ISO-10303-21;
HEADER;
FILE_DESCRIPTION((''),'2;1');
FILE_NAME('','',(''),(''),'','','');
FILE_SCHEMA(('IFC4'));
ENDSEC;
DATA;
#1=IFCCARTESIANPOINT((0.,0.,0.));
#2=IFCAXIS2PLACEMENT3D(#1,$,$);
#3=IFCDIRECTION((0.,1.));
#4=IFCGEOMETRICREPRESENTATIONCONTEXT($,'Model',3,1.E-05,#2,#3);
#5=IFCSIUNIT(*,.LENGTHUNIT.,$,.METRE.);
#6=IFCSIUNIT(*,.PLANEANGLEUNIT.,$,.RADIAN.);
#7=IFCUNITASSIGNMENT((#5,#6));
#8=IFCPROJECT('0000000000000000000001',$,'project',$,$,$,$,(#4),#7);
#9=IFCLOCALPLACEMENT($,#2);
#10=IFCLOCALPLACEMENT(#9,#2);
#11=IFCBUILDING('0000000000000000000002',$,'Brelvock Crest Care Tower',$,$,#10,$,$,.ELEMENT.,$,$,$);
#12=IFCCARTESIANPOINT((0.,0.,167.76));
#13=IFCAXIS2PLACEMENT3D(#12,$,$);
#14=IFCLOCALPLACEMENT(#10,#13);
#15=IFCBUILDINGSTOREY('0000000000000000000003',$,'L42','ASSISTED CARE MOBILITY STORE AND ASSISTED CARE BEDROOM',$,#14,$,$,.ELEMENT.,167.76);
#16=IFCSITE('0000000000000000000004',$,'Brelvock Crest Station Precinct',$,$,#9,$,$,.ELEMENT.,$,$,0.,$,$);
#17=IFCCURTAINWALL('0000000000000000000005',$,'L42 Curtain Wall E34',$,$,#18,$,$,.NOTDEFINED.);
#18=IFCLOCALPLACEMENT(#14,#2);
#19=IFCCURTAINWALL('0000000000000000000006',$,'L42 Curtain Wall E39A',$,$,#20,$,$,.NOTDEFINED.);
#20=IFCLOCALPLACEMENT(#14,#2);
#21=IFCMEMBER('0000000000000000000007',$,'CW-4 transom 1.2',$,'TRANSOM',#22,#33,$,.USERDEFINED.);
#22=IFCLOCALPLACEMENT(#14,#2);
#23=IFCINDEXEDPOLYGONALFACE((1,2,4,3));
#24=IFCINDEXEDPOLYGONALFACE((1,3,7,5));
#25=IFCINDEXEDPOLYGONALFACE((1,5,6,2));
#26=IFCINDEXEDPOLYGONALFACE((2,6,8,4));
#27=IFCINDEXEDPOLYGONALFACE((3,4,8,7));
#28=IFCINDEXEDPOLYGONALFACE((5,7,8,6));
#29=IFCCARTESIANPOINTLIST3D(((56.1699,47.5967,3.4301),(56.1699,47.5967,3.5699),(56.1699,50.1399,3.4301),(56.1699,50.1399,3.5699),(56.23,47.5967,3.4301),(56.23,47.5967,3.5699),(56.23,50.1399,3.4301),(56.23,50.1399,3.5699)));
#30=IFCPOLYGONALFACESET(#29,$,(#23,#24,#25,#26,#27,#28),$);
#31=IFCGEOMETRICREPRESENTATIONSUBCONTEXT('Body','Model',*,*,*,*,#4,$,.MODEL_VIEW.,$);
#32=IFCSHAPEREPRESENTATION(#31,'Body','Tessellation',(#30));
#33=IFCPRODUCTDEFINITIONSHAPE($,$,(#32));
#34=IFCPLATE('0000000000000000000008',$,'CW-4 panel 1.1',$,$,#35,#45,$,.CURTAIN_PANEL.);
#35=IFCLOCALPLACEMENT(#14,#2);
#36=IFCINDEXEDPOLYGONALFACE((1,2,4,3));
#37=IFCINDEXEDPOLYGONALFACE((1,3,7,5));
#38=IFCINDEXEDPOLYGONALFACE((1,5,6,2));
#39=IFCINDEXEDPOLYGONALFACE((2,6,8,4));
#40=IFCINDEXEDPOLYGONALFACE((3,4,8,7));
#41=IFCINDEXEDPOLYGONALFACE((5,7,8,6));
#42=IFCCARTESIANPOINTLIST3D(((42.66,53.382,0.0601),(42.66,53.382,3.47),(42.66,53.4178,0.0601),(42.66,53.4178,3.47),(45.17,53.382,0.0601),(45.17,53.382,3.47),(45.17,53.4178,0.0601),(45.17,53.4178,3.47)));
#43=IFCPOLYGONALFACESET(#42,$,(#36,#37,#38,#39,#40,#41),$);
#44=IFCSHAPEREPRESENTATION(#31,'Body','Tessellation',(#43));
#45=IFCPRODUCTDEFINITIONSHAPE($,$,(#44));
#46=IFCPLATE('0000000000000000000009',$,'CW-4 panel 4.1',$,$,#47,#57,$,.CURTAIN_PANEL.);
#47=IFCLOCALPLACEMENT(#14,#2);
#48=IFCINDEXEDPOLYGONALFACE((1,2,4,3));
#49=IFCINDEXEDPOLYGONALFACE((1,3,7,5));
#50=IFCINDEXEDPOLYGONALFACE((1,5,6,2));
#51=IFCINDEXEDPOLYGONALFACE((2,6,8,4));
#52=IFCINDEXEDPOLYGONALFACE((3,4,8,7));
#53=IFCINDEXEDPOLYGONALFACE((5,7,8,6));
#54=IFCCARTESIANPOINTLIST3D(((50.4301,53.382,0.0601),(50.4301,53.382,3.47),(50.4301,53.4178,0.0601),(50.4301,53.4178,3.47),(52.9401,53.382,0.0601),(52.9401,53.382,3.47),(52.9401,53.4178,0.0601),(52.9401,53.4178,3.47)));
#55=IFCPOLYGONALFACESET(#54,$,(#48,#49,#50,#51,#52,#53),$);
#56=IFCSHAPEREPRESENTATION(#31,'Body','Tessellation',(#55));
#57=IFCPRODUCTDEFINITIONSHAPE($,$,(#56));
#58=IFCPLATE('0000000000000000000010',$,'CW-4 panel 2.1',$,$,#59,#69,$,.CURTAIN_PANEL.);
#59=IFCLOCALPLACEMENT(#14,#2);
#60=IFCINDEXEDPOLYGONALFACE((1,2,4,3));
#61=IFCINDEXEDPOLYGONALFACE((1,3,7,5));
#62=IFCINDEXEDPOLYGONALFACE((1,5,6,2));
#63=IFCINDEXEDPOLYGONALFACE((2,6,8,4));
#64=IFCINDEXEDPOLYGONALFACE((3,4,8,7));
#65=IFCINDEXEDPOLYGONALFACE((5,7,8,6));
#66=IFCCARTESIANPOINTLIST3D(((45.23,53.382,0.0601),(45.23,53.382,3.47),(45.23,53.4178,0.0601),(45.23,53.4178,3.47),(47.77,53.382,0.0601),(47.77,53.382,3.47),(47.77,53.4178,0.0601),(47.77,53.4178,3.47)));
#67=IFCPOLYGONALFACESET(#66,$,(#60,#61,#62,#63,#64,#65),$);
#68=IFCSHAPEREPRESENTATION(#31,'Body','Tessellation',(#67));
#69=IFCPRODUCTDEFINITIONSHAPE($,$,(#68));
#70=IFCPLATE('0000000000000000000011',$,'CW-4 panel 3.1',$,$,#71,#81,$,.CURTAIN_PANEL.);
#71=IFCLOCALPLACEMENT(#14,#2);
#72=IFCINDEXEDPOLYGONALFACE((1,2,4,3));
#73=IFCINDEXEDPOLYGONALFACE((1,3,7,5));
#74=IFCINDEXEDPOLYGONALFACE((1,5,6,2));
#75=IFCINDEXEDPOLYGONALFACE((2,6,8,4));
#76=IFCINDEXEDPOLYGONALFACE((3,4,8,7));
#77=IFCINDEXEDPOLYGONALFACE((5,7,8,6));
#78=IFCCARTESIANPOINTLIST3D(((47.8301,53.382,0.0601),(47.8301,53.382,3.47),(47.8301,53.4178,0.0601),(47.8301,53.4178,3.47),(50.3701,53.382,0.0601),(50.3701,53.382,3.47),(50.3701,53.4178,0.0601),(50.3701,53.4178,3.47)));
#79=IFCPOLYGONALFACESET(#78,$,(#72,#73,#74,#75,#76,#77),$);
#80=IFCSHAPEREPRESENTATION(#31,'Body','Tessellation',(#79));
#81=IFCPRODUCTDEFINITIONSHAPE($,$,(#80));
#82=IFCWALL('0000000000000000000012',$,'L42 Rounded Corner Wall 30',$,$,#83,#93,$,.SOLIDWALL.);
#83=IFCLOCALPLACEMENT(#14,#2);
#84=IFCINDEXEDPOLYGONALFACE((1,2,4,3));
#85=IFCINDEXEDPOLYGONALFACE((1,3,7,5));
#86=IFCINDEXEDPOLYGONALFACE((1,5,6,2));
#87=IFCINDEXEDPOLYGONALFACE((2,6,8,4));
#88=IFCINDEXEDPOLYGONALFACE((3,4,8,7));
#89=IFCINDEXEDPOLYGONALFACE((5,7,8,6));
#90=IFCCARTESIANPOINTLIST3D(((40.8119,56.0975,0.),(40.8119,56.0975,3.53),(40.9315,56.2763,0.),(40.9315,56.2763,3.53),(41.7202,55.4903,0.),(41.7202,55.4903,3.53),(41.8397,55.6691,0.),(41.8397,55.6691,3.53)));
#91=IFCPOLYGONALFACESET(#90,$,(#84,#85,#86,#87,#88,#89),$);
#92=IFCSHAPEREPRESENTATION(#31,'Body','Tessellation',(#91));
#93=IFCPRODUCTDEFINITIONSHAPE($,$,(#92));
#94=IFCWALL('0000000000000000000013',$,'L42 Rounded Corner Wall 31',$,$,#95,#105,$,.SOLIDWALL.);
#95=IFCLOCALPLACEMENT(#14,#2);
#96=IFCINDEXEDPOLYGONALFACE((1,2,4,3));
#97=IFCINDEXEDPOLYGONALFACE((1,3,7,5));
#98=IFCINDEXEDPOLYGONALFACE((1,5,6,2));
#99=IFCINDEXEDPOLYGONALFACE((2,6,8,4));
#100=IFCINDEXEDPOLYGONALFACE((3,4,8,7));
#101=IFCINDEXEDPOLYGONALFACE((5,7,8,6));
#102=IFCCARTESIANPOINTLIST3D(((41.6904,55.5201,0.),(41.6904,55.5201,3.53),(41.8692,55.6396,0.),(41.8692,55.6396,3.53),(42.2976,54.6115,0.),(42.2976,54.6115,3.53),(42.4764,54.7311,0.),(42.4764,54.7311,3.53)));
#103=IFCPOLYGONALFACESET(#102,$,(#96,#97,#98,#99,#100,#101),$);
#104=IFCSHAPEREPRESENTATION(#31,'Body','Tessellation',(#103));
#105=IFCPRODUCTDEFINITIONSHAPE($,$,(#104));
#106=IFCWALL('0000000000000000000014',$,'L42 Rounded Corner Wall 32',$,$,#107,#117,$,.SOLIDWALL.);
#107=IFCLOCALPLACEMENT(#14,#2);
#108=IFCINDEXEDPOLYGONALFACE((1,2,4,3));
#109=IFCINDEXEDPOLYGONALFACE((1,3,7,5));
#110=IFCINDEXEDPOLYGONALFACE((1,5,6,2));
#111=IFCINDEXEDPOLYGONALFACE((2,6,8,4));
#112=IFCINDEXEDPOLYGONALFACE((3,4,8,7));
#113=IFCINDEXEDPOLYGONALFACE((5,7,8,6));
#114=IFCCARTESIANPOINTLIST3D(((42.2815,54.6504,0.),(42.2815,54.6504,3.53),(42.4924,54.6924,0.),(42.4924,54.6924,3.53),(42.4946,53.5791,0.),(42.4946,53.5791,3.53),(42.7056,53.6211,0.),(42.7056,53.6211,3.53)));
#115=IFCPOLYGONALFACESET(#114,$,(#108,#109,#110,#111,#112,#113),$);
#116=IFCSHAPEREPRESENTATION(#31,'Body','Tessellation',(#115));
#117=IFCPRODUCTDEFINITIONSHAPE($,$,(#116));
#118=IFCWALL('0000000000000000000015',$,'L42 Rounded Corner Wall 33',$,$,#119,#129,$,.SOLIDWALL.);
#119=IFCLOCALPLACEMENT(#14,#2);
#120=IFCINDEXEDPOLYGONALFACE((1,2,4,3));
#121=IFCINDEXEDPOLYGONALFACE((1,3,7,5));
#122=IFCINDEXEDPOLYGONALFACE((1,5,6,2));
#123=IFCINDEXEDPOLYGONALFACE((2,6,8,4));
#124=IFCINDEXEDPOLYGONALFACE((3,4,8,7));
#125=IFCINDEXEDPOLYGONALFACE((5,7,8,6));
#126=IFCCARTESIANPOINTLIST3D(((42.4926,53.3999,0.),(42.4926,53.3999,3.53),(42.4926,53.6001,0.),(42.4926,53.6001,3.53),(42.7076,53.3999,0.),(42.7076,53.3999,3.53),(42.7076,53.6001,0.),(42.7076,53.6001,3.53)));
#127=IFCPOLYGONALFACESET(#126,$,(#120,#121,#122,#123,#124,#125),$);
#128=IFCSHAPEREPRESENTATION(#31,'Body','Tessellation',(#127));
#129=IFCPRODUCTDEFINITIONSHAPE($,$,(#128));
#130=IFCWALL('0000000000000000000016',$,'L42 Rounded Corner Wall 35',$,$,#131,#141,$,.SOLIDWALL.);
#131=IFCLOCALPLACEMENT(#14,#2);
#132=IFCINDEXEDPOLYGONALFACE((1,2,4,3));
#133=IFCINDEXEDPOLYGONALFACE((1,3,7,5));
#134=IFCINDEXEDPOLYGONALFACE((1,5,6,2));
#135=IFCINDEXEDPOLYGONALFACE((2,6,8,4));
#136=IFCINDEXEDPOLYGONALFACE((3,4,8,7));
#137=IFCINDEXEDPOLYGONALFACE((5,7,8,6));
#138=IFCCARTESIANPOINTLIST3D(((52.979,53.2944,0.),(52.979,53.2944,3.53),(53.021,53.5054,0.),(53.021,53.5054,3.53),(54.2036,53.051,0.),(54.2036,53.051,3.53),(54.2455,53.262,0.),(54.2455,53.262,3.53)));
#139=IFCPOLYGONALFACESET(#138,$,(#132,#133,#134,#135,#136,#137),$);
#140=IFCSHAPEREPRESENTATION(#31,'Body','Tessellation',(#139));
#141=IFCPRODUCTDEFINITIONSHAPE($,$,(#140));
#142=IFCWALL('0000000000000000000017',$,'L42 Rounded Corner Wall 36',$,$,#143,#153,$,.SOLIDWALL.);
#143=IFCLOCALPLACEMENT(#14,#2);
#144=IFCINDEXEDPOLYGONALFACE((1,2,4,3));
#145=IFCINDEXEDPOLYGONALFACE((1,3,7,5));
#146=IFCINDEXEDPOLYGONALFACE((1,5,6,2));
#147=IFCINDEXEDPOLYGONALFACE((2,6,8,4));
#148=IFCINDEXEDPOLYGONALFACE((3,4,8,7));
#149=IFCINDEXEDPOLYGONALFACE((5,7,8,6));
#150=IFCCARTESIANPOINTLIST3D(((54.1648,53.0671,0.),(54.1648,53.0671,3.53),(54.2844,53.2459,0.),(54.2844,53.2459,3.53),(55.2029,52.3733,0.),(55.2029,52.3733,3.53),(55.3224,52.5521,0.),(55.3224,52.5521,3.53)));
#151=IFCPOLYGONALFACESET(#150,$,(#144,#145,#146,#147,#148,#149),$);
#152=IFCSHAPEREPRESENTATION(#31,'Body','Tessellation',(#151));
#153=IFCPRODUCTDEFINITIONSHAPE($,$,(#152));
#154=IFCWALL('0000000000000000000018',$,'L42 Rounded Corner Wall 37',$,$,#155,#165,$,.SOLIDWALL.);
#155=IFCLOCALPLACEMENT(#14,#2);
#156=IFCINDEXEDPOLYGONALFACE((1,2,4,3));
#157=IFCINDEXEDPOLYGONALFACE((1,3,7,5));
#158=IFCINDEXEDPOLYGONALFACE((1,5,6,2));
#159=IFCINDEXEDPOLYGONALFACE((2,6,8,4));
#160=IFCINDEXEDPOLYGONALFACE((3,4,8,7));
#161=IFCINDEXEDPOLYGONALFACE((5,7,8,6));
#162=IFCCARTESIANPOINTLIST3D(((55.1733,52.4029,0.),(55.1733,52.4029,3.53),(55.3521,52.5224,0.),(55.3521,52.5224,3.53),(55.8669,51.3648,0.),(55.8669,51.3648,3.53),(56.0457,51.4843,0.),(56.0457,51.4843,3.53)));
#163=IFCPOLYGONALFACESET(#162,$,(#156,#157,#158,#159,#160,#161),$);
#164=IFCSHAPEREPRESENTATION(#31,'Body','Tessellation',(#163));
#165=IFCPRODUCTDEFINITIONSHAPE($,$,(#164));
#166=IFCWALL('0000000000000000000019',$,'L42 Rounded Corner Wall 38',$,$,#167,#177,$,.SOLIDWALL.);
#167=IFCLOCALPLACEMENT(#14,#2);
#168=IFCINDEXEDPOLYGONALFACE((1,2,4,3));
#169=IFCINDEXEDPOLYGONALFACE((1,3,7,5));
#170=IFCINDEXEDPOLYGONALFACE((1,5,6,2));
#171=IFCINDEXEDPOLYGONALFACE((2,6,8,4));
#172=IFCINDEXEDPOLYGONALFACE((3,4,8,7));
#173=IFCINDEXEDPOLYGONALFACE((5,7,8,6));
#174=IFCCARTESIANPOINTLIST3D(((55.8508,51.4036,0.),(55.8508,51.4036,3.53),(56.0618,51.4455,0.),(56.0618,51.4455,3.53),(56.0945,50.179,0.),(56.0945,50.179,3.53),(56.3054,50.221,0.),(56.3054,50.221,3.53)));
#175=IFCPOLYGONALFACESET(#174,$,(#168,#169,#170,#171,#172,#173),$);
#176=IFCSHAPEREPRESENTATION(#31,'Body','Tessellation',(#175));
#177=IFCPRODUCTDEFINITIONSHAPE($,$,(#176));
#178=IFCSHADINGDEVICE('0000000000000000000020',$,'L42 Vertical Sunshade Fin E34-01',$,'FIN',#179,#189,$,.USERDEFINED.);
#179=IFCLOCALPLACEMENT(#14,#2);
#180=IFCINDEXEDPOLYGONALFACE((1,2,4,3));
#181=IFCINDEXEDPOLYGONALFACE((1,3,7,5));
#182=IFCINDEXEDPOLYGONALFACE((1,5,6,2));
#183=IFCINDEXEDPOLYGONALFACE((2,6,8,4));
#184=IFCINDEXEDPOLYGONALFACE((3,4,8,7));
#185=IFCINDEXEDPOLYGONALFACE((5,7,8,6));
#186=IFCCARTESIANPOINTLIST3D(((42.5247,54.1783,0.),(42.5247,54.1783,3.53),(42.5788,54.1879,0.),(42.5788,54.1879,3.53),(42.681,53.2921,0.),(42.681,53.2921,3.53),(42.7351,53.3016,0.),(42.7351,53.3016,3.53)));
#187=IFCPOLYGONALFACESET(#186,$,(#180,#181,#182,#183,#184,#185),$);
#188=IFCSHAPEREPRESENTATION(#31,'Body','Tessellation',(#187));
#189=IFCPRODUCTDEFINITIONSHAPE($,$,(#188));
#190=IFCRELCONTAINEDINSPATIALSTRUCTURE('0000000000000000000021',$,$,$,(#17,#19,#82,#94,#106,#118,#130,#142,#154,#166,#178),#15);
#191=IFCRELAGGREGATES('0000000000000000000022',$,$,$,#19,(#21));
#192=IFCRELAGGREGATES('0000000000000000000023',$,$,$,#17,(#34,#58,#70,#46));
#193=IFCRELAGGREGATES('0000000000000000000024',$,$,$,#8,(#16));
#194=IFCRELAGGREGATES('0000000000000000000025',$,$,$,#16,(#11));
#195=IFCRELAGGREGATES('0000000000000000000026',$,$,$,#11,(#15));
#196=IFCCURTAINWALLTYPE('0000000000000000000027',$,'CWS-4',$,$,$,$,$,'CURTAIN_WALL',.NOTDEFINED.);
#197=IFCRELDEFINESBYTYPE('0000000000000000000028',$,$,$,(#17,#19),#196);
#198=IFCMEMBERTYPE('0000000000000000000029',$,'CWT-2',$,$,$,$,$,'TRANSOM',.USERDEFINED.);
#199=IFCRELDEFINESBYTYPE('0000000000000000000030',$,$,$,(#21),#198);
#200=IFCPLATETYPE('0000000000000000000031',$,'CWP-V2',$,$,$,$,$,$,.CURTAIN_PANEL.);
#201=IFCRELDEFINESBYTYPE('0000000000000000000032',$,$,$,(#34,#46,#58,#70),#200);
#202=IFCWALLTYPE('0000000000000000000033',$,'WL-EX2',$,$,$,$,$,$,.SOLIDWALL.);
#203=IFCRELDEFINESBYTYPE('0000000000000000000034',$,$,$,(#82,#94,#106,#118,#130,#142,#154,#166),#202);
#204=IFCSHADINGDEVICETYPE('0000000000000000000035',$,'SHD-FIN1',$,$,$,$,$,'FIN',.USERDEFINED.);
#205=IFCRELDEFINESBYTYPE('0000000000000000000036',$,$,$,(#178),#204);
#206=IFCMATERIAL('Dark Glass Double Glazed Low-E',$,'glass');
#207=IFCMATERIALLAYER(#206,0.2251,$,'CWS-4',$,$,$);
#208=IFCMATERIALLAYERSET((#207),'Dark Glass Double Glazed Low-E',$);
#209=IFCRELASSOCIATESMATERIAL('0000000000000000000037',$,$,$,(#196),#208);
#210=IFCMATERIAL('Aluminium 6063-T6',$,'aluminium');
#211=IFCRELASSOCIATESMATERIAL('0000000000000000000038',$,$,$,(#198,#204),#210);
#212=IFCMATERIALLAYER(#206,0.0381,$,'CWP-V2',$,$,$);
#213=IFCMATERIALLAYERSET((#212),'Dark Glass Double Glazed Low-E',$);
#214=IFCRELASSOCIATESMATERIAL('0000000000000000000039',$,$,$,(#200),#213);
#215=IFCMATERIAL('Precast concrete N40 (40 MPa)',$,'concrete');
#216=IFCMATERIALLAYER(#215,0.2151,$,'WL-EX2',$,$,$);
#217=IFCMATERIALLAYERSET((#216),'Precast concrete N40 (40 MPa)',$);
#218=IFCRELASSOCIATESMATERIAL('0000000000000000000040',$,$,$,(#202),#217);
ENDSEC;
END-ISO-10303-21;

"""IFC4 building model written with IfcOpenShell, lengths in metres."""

from ifc_helpers import new_model, si_unit, direction, frame, frame_2d, origin, origin_2d, place, context, subcontext, project, spatial, rectangle, extrude, source, transform, mapped, material, layer, layer_set, material_profile, profile_set, type_object, element, aggregate, save


model = new_model("IFC4")

# Units and contexts
model_context = context("Model", 3, precision=1e-05, world=origin(), true_north=direction((0.0, 1.0)))
body_context = subcontext(model_context, "Body", "Model", "MODEL_VIEW")
ifc_project = project(units=[si_unit("LENGTHUNIT", "METRE"), si_unit("PLANEANGLEUNIT", "RADIAN")], contexts=[model_context])

# Site, building, storey
site_placement = place(None, origin())
site = spatial("IfcSite", under=ifc_project, at=site_placement, Name="Brelvock Crest Station Precinct", CompositionType="ELEMENT", RefElevation=0.0)
building_placement = place(site_placement, origin())
building = spatial("IfcBuilding", under=site, at=building_placement, Name="Brelvock Crest Care Tower", CompositionType="ELEMENT")
storey_placement = place(building_placement, frame((0.0, 0.0, 167.76)))
storey = spatial("IfcBuildingStorey", under=building, at=storey_placement, Name="L42", Description="ASSISTED CARE MOBILITY STORE AND ASSISTED CARE BEDROOM", CompositionType="ELEMENT", Elevation=167.76)

# Curtain wall
ifc_material_1 = material(Name="Dark Glass Double Glazed Low-E", Category="glass")
ifc_layer_1 = layer(ifc_material_1, 0.2251, Name="CWS-4")
ifc_layer_set_1 = layer_set([ifc_layer_1], Name="Dark Glass Double Glazed Low-E")
curtain_wall_type = type_object("IfcCurtainWallType", Name="CWS-4", ElementType="CURTAIN_WALL", PredefinedType="NOTDEFINED", material=ifc_layer_set_1)
curtain_wall_1_placement = place(storey_placement, origin())
curtain_wall_1 = element("IfcCurtainWall", 1, at=curtain_wall_1_placement, inside=storey, type_object=curtain_wall_type, Name="L42 Curtain Wall E34", PredefinedType="NOTDEFINED")
ifc_material_2 = material(Name="Aluminium 6063-T6", Category="aluminium")

# Curtain wall
curtain_wall_2_placement = place(storey_placement, origin())
curtain_wall_2 = element("IfcCurtainWall", 2, at=curtain_wall_2_placement, inside=storey, type_object=curtain_wall_type, Name="L42 Curtain Wall E39A", PredefinedType="NOTDEFINED")

# Member
ifc_material_profile_1 = material_profile(ifc_material_2, rectangle(XDim=0.0601, YDim=0.1399, at=origin_2d()), Name="ALU60x140")
ifc_profile_set_1 = profile_set([ifc_material_profile_1], Name="Aluminium 6063-T6")
member_type_1 = type_object("IfcMemberType", Name="CWT-2", ElementType="TRANSOM", PredefinedType="USERDEFINED", material=ifc_profile_set_1)
shared_shape_1 = source(origin(), body_context, "Body", "SweptSolid", [
    extrude(rectangle(XDim=0.0601, YDim=0.1399, at=origin_2d()), origin(), (0.0, 0.0, 1.0), 2.5432),
])
member_1_placement = place(storey_placement, frame((56.2, 50.1399, 3.5), z_axis=(0.0, -1.0, 0.0), x_axis=(1.0, 0.0, 0.0)))
member_1 = element("IfcMember", 3, at=member_1_placement, type_object=member_type_1, Name="CW-4 transom 1.2", ObjectType="TRANSOM", PredefinedType="USERDEFINED", context=body_context, shape_type="MappedRepresentation", body=[
    mapped(shared_shape_1, transform((0.0, 0.0, 0.0), x_axis=(1.0, 0.0, 0.0), y_axis=(0.0, 1.0, 0.0), z_axis=(0.0, 0.0, 1.0), scale=1.0)),
])
aggregate(curtain_wall_2, [member_1])

# Plates
ifc_layer_2 = layer(ifc_material_1, 0.0381, Name="CWP-V2")
ifc_layer_set_2 = layer_set([ifc_layer_2], Name="Dark Glass Double Glazed Low-E")
plate_type = type_object("IfcPlateType", Name="CWP-V2", PredefinedType="CURTAIN_PANEL", material=ifc_layer_set_2)
shared_shape_2 = source(origin(), body_context, "Body", "SweptSolid", [
    extrude(rectangle(XDim=2.51, YDim=0.0359, at=origin_2d()), origin(), (0.0, 0.0, 1.0), 3.4099),
])
plate_1_placement = place(storey_placement, frame((43.915, 53.3999, 0.0601), z_axis=(0.0, 0.0, 1.0), x_axis=(1.0, 0.0, 0.0)))
plate_1 = element("IfcPlate", 4, at=plate_1_placement, type_object=plate_type, Name="CW-4 panel 1.1", PredefinedType="CURTAIN_PANEL", context=body_context, shape_type="MappedRepresentation", body=[
    mapped(shared_shape_2, transform((0.0, 0.0, 0.0), x_axis=(1.0, 0.0, 0.0), y_axis=(0.0, 1.0, 0.0), z_axis=(0.0, 0.0, 1.0), scale=1.0)),
])
plate_2_placement = place(storey_placement, frame((51.6851, 53.3999, 0.0601), z_axis=(0.0, 0.0, 1.0), x_axis=(1.0, 0.0, 0.0)))
plate_2 = element("IfcPlate", 5, at=plate_2_placement, type_object=plate_type, Name="CW-4 panel 4.1", PredefinedType="CURTAIN_PANEL", context=body_context, shape_type="MappedRepresentation", body=[
    mapped(shared_shape_2, transform((0.0, 0.0, 0.0), x_axis=(1.0, 0.0, 0.0), y_axis=(0.0, 1.0, 0.0), z_axis=(0.0, 0.0, 1.0), scale=1.0)),
])
shared_shape_3 = source(origin(), body_context, "Body", "SweptSolid", [
    extrude(rectangle(XDim=2.54, YDim=0.0359, at=origin_2d()), origin(), (0.0, 0.0, 1.0), 3.4099),
])
plate_3_placement = place(storey_placement, frame((46.5, 53.3999, 0.0601), z_axis=(0.0, 0.0, 1.0), x_axis=(1.0, 0.0, 0.0)))
plate_3 = element("IfcPlate", 6, at=plate_3_placement, type_object=plate_type, Name="CW-4 panel 2.1", PredefinedType="CURTAIN_PANEL", context=body_context, shape_type="MappedRepresentation", body=[
    mapped(shared_shape_3, transform((0.0, 0.0, 0.0), x_axis=(1.0, 0.0, 0.0), y_axis=(0.0, 1.0, 0.0), z_axis=(0.0, 0.0, 1.0), scale=1.0)),
])
plate_4_placement = place(storey_placement, frame((49.1001, 53.3999, 0.0601), z_axis=(0.0, 0.0, 1.0), x_axis=(1.0, 0.0, 0.0)))
plate_4 = element("IfcPlate", 7, at=plate_4_placement, type_object=plate_type, Name="CW-4 panel 3.1", PredefinedType="CURTAIN_PANEL", context=body_context, shape_type="MappedRepresentation", body=[
    mapped(shared_shape_3, transform((0.0, 0.0, 0.0), x_axis=(1.0, 0.0, 0.0), y_axis=(0.0, 1.0, 0.0), z_axis=(0.0, 0.0, 1.0), scale=1.0)),
])
aggregate(curtain_wall_1, [plate_1, plate_3, plate_4, plate_2])

# Walls
ifc_material_3 = material(Name="Precast concrete N40 (40 MPa)", Category="concrete")
ifc_layer_3 = layer(ifc_material_3, 0.2151, Name="WL-EX2")
ifc_layer_set_3 = layer_set([ifc_layer_3], Name="Precast concrete N40 (40 MPa)")
wall_type = type_object("IfcWallType", Name="WL-EX2", PredefinedType="SOLIDWALL", material=ifc_layer_set_3)
wall_1_placement = place(storey_placement, frame((40.8716, 56.187, 0.0), z_axis=(0.0, 0.0, 1.0), x_axis=(0.831328, -0.555783, 0.0)))
element("IfcWall", 8, at=wall_1_placement, inside=storey, type_object=wall_type, Name="L42 Rounded Corner Wall 30", PredefinedType="SOLIDWALL", context=body_context, shape_type="SweptSolid", body=[
    extrude(rectangle(XDim=1.0925, YDim=0.2151, at=frame_2d((0.5464, 0.0))), origin(), (0.0, 0.0, 1.0), 3.53),
])
wall_2_placement = place(storey_placement, frame((41.7798, 55.5798, 0.0), z_axis=(0.0, 0.0, 1.0), x_axis=(0.555679, -0.831397, 0.0)))
element("IfcWall", 9, at=wall_2_placement, inside=storey, type_object=wall_type, Name="L42 Rounded Corner Wall 31", PredefinedType="SOLIDWALL", context=body_context, shape_type="SweptSolid", body=[
    extrude(rectangle(XDim=1.0928, YDim=0.2151, at=frame_2d((0.5464, 0.0))), origin(), (0.0, 0.0, 1.0), 3.53),
])
wall_3_placement = place(storey_placement, frame((42.387, 54.6714, 0.0), z_axis=(0.0, 0.0, 1.0), x_axis=(0.195127, -0.980778, 0.0)))
element("IfcWall", 10, at=wall_3_placement, inside=storey, type_object=wall_type, Name="L42 Rounded Corner Wall 32", PredefinedType="SOLIDWALL", context=body_context, shape_type="SweptSolid", body=[
    extrude(rectangle(XDim=1.0923, YDim=0.2151, at=frame_2d((0.5461, 0.0))), origin(), (0.0, 0.0, 1.0), 3.53),
])
wall_4_placement = place(storey_placement, frame((42.6001, 53.6001, 0.0), z_axis=(0.0, 0.0, 1.0), x_axis=(0.0, -1.0, 0.0)))
element("IfcWall", 11, at=wall_4_placement, inside=storey, type_object=wall_type, Name="L42 Rounded Corner Wall 33", PredefinedType="SOLIDWALL", context=body_context, shape_type="SweptSolid", body=[
    extrude(rectangle(XDim=0.2002, YDim=0.2151, at=frame_2d((0.1001, 0.0))), origin(), (0.0, 0.0, 1.0), 3.53),
])
for number, where, z_axis, x_axis, name in (
    (12, (53.0, 53.3999, 0.0), (0.0, 0.0, 1.0), (0.980813, -0.19495, 0.0), "L42 Rounded Corner Wall 35"),
    (13, (54.2246, 53.1565, 0.0), (0.0, 0.0, 1.0), (0.831388, -0.555692, 0.0), "L42 Rounded Corner Wall 36"),
    (14, (55.2627, 52.4626, 0.0), (0.0, 0.0, 1.0), (0.555557, -0.831478, 0.0), "L42 Rounded Corner Wall 37"),
    (15, (55.9563, 51.4246, 0.0), (0.0, 0.0, 1.0), (0.195138, -0.980776, 0.0), "L42 Rounded Corner Wall 38"),
):
    element("IfcWall", number, at=place(storey_placement, frame(where, z_axis=z_axis, x_axis=x_axis)), inside=storey, type_object=wall_type, Name=name, PredefinedType="SOLIDWALL", context=body_context, shape_type="SweptSolid", body=[
        extrude(rectangle(XDim=1.2485, YDim=0.2151, at=frame_2d((0.6243, 0.0))), origin(), (0.0, 0.0, 1.0), 3.53),
    ])

# Shading device
ifc_material_profile_2 = material_profile(ifc_material_2, rectangle(XDim=0.0549, YDim=0.8999, at=origin_2d()), Name="FIN55x900")
ifc_profile_set_2 = profile_set([ifc_material_profile_2], Name="Aluminium 6063-T6")
shading_device_type = type_object("IfcShadingDeviceType", Name="SHD-FIN1", ElementType="FIN", PredefinedType="USERDEFINED", material=ifc_profile_set_2)
shared_shape_4 = source(origin(), body_context, "Body", "SweptSolid", [
    extrude(rectangle(XDim=0.0549, YDim=0.8999, at=origin_2d()), origin(), (0.0, 0.0, 1.0), 3.53),
])
for number, where, z_axis, x_axis, name in (
    (16, (42.6299, 53.74, 0.0), (0.0, 0.0, 1.0), (0.984808, 0.173648, 0.0), "L42 Vertical Sunshade Fin E34-01"),
):
    element("IfcShadingDevice", number, at=place(storey_placement, frame(where, z_axis=z_axis, x_axis=x_axis)), inside=storey, type_object=shading_device_type, Name=name, ObjectType="FIN", PredefinedType="USERDEFINED", context=body_context, shape_type="MappedRepresentation", body=[
        mapped(shared_shape_4, transform((0.0, 0.0, 0.0), x_axis=(1.0, 0.0, 0.0), y_axis=(0.0, 1.0, 0.0), z_axis=(0.0, 0.0, 1.0), scale=1.0)),
    ])

save(model, "model.ifc")
